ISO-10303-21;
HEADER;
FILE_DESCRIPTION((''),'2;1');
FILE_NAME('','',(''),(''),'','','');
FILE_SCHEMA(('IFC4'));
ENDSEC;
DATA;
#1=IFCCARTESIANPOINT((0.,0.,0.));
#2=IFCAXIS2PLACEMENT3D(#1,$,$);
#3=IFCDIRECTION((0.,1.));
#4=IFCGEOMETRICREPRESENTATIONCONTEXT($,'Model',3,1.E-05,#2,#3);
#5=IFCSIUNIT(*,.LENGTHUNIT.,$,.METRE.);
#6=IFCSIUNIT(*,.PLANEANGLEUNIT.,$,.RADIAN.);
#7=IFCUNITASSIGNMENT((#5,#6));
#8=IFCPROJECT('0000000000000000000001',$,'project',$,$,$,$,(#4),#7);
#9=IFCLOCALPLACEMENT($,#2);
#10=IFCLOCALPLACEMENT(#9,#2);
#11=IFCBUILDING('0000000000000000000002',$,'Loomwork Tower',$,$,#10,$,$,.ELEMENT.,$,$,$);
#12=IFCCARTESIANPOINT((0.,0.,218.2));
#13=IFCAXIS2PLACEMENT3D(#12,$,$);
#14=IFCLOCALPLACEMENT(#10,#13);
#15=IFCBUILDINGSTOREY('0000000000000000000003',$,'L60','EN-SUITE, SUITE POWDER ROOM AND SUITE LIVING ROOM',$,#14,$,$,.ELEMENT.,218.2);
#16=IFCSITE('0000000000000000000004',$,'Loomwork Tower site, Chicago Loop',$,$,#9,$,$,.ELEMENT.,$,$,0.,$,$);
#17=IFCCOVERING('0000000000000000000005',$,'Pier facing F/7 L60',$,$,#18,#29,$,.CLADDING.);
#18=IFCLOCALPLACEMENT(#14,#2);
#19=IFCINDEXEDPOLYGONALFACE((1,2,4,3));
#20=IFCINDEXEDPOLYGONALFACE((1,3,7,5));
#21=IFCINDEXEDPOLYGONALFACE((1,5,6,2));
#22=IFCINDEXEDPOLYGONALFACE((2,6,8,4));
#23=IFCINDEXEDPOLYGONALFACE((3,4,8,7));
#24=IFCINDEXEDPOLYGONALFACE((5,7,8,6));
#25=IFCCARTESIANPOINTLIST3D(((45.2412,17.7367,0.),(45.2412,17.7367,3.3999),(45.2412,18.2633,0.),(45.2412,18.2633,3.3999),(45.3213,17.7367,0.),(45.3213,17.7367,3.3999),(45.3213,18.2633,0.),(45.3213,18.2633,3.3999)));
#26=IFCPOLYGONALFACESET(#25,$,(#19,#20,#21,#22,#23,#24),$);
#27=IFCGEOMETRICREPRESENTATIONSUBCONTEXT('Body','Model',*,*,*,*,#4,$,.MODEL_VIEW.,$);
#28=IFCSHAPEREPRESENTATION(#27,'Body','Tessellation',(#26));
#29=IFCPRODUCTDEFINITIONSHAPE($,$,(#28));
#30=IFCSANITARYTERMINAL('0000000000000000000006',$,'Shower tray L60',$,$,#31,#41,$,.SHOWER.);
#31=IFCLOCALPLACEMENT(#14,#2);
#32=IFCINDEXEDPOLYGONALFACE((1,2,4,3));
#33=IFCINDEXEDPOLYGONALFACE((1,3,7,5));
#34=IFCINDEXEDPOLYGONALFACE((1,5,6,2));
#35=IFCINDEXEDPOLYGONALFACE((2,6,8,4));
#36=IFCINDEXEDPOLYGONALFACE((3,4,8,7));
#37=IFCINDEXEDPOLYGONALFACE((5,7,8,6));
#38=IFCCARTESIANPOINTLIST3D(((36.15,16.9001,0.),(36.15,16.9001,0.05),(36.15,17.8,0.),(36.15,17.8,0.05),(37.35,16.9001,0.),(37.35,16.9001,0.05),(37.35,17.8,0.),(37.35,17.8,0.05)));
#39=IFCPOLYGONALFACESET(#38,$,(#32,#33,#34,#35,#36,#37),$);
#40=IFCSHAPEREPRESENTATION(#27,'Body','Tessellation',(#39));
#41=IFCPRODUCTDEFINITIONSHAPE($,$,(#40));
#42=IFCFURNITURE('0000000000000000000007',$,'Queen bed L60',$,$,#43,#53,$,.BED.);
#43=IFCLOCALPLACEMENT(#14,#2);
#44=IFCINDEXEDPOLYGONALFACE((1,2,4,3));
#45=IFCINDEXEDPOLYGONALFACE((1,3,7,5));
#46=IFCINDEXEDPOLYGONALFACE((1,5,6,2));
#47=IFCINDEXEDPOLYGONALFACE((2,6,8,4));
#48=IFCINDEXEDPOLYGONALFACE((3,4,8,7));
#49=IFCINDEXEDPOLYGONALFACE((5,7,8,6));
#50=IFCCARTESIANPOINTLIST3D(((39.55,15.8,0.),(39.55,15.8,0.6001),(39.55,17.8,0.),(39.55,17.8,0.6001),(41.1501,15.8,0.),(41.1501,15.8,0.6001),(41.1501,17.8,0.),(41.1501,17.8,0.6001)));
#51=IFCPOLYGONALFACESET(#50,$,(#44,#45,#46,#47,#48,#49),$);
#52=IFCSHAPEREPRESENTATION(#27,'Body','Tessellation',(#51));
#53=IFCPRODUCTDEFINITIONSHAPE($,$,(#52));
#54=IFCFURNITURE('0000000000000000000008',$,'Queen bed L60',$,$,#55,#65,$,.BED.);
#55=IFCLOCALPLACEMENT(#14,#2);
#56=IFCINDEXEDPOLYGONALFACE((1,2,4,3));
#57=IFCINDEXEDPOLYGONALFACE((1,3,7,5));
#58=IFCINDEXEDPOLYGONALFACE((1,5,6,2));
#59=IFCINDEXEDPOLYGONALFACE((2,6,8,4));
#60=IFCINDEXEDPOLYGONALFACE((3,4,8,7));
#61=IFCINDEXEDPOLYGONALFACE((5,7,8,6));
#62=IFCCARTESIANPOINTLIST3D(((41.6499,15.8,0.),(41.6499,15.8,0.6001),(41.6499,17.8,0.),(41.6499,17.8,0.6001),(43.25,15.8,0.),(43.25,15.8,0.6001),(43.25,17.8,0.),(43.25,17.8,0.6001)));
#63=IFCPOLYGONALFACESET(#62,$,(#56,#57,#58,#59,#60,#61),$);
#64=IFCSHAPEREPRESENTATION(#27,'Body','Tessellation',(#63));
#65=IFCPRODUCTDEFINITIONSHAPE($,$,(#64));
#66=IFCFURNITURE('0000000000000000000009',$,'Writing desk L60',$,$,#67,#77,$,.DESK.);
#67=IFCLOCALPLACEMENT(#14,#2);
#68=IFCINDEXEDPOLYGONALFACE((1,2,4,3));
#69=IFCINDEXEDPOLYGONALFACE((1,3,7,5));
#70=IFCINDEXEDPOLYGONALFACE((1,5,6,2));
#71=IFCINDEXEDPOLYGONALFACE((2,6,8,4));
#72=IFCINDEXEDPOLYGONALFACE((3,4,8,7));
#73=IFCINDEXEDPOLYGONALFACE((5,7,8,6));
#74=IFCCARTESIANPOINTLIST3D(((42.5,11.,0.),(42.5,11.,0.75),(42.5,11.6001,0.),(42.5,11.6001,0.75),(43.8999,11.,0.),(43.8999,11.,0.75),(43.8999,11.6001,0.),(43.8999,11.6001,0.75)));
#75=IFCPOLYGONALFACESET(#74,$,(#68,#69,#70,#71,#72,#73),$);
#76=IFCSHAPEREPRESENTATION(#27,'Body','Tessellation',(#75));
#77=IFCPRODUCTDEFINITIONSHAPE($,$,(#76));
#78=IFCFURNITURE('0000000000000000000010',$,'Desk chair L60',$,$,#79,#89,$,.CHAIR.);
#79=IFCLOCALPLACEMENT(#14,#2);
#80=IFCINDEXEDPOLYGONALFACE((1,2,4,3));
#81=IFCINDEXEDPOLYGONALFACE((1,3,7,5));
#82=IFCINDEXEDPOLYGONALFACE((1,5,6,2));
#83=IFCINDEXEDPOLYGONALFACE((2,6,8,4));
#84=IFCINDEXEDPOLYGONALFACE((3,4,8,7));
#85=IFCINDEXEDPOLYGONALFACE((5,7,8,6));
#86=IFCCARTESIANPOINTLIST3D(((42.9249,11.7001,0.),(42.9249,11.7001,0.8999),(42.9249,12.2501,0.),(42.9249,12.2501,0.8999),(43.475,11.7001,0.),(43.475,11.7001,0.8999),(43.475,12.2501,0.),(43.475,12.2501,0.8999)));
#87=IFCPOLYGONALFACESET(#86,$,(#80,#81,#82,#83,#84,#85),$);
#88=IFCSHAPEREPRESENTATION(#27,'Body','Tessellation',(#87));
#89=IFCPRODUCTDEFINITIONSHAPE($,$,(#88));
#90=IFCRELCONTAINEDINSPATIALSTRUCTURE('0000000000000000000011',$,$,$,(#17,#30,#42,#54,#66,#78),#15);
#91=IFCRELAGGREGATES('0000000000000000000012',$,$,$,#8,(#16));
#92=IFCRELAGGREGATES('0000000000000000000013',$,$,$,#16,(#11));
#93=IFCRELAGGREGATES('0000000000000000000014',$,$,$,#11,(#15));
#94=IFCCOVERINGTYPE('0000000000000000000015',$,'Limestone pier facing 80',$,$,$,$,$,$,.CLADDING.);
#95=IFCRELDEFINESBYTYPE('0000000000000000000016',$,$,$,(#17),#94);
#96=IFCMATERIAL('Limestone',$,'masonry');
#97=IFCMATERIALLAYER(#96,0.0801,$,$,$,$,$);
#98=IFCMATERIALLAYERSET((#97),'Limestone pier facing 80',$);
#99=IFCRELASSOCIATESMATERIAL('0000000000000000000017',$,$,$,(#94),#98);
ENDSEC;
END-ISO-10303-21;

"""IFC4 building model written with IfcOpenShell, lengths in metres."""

from ifc_helpers import new_model, si_unit, direction, frame, origin, origin_2d, place, context, subcontext, project, spatial, rectangle, extrude, material, layer, layer_set, type_object, element, save


model = new_model("IFC4")

# Units and contexts
model_context = context("Model", 3, precision=1e-05, world=origin(), true_north=direction((0.0, 1.0)))
body_context = subcontext(model_context, "Body", "Model", "MODEL_VIEW")
ifc_project = project(units=[si_unit("LENGTHUNIT", "METRE"), si_unit("PLANEANGLEUNIT", "RADIAN")], contexts=[model_context])

# Site, building, storey
site_placement = place(None, origin())
site = spatial("IfcSite", under=ifc_project, at=site_placement, Name="Loomwork Tower site, Chicago Loop", CompositionType="ELEMENT", RefElevation=0.0)
building_placement = place(site_placement, origin())
building = spatial("IfcBuilding", under=site, at=building_placement, Name="Loomwork Tower", CompositionType="ELEMENT")
storey_placement = place(building_placement, frame((0.0, 0.0, 218.2)))
storey = spatial("IfcBuildingStorey", under=building, at=storey_placement, Name="L60", Description="EN-SUITE, SUITE POWDER ROOM AND SUITE LIVING ROOM", CompositionType="ELEMENT", Elevation=218.2)

# Covering
ifc_material_1 = material(Name="Limestone", Category="masonry")
ifc_layer_1 = layer(ifc_material_1, 0.0801)
ifc_layer_set_1 = layer_set([ifc_layer_1], Name="Limestone pier facing 80")
covering_type = type_object("IfcCoveringType", Name="Limestone pier facing 80", PredefinedType="CLADDING", material=ifc_layer_set_1)
for number, where, z_axis, x_axis, name in (
    (1, (45.2812, 18.0, 0.0), (0.0, 0.0, 1.0), (1.0, 0.0, 0.0), "Pier facing F/7 L60"),
):
    element("IfcCovering", number, at=place(storey_placement, frame(where, z_axis=z_axis, x_axis=x_axis)), inside=storey, type_object=covering_type, Name=name, PredefinedType="CLADDING", context=body_context, shape_type="SweptSolid", body=[
        extrude(rectangle(XDim=0.0801, YDim=0.5266, at=origin_2d()), origin(), (0.0, 0.0, 1.0), 3.3999),
    ])

# Sanitary terminal
sanitary_terminal_placement = place(storey_placement, frame((36.75, 17.3501, 0.0), z_axis=(0.0, 0.0, 1.0), x_axis=(1.0, 0.0, 0.0)))
element("IfcSanitaryTerminal", 2, at=sanitary_terminal_placement, inside=storey, Name="Shower tray L60", PredefinedType="SHOWER", context=body_context, shape_type="SweptSolid", body=[
    extrude(rectangle(XDim=1.2, YDim=0.8999, at=origin_2d()), origin(), (0.0, 0.0, 1.0), 0.05),
])

# Furniture
for number, where, z_axis, x_axis, name in (
    (3, (40.3501, 16.8, 0.0), (0.0, 0.0, 1.0), (1.0, 0.0, 0.0), "Queen bed L60"),
    (4, (42.45, 16.8, 0.0), (0.0, 0.0, 1.0), (1.0, 0.0, 0.0), "Queen bed L60"),
):
    element("IfcFurniture", number, at=place(storey_placement, frame(where, z_axis=z_axis, x_axis=x_axis)), inside=storey, Name=name, PredefinedType="BED", context=body_context, shape_type="SweptSolid", body=[
        extrude(rectangle(XDim=1.6001, YDim=2.0, at=origin_2d()), origin(), (0.0, 0.0, 1.0), 0.6001),
    ])
furniture_1_placement = place(storey_placement, frame((43.2, 11.3, 0.0), z_axis=(0.0, 0.0, 1.0), x_axis=(1.0, 0.0, 0.0)))
element("IfcFurniture", 5, at=furniture_1_placement, inside=storey, Name="Writing desk L60", PredefinedType="DESK", context=body_context, shape_type="SweptSolid", body=[
    extrude(rectangle(XDim=1.3999, YDim=0.6001, at=origin_2d()), origin(), (0.0, 0.0, 1.0), 0.75),
])
furniture_2_placement = place(storey_placement, frame((43.2, 11.9751, 0.0), z_axis=(0.0, 0.0, 1.0), x_axis=(1.0, 0.0, 0.0)))
element("IfcFurniture", 6, at=furniture_2_placement, inside=storey, Name="Desk chair L60", PredefinedType="CHAIR", context=body_context, shape_type="SweptSolid", body=[
    extrude(rectangle(XDim=0.55, YDim=0.55, at=origin_2d()), origin(), (0.0, 0.0, 1.0), 0.8999),
])

save(model, "model.ifc")
